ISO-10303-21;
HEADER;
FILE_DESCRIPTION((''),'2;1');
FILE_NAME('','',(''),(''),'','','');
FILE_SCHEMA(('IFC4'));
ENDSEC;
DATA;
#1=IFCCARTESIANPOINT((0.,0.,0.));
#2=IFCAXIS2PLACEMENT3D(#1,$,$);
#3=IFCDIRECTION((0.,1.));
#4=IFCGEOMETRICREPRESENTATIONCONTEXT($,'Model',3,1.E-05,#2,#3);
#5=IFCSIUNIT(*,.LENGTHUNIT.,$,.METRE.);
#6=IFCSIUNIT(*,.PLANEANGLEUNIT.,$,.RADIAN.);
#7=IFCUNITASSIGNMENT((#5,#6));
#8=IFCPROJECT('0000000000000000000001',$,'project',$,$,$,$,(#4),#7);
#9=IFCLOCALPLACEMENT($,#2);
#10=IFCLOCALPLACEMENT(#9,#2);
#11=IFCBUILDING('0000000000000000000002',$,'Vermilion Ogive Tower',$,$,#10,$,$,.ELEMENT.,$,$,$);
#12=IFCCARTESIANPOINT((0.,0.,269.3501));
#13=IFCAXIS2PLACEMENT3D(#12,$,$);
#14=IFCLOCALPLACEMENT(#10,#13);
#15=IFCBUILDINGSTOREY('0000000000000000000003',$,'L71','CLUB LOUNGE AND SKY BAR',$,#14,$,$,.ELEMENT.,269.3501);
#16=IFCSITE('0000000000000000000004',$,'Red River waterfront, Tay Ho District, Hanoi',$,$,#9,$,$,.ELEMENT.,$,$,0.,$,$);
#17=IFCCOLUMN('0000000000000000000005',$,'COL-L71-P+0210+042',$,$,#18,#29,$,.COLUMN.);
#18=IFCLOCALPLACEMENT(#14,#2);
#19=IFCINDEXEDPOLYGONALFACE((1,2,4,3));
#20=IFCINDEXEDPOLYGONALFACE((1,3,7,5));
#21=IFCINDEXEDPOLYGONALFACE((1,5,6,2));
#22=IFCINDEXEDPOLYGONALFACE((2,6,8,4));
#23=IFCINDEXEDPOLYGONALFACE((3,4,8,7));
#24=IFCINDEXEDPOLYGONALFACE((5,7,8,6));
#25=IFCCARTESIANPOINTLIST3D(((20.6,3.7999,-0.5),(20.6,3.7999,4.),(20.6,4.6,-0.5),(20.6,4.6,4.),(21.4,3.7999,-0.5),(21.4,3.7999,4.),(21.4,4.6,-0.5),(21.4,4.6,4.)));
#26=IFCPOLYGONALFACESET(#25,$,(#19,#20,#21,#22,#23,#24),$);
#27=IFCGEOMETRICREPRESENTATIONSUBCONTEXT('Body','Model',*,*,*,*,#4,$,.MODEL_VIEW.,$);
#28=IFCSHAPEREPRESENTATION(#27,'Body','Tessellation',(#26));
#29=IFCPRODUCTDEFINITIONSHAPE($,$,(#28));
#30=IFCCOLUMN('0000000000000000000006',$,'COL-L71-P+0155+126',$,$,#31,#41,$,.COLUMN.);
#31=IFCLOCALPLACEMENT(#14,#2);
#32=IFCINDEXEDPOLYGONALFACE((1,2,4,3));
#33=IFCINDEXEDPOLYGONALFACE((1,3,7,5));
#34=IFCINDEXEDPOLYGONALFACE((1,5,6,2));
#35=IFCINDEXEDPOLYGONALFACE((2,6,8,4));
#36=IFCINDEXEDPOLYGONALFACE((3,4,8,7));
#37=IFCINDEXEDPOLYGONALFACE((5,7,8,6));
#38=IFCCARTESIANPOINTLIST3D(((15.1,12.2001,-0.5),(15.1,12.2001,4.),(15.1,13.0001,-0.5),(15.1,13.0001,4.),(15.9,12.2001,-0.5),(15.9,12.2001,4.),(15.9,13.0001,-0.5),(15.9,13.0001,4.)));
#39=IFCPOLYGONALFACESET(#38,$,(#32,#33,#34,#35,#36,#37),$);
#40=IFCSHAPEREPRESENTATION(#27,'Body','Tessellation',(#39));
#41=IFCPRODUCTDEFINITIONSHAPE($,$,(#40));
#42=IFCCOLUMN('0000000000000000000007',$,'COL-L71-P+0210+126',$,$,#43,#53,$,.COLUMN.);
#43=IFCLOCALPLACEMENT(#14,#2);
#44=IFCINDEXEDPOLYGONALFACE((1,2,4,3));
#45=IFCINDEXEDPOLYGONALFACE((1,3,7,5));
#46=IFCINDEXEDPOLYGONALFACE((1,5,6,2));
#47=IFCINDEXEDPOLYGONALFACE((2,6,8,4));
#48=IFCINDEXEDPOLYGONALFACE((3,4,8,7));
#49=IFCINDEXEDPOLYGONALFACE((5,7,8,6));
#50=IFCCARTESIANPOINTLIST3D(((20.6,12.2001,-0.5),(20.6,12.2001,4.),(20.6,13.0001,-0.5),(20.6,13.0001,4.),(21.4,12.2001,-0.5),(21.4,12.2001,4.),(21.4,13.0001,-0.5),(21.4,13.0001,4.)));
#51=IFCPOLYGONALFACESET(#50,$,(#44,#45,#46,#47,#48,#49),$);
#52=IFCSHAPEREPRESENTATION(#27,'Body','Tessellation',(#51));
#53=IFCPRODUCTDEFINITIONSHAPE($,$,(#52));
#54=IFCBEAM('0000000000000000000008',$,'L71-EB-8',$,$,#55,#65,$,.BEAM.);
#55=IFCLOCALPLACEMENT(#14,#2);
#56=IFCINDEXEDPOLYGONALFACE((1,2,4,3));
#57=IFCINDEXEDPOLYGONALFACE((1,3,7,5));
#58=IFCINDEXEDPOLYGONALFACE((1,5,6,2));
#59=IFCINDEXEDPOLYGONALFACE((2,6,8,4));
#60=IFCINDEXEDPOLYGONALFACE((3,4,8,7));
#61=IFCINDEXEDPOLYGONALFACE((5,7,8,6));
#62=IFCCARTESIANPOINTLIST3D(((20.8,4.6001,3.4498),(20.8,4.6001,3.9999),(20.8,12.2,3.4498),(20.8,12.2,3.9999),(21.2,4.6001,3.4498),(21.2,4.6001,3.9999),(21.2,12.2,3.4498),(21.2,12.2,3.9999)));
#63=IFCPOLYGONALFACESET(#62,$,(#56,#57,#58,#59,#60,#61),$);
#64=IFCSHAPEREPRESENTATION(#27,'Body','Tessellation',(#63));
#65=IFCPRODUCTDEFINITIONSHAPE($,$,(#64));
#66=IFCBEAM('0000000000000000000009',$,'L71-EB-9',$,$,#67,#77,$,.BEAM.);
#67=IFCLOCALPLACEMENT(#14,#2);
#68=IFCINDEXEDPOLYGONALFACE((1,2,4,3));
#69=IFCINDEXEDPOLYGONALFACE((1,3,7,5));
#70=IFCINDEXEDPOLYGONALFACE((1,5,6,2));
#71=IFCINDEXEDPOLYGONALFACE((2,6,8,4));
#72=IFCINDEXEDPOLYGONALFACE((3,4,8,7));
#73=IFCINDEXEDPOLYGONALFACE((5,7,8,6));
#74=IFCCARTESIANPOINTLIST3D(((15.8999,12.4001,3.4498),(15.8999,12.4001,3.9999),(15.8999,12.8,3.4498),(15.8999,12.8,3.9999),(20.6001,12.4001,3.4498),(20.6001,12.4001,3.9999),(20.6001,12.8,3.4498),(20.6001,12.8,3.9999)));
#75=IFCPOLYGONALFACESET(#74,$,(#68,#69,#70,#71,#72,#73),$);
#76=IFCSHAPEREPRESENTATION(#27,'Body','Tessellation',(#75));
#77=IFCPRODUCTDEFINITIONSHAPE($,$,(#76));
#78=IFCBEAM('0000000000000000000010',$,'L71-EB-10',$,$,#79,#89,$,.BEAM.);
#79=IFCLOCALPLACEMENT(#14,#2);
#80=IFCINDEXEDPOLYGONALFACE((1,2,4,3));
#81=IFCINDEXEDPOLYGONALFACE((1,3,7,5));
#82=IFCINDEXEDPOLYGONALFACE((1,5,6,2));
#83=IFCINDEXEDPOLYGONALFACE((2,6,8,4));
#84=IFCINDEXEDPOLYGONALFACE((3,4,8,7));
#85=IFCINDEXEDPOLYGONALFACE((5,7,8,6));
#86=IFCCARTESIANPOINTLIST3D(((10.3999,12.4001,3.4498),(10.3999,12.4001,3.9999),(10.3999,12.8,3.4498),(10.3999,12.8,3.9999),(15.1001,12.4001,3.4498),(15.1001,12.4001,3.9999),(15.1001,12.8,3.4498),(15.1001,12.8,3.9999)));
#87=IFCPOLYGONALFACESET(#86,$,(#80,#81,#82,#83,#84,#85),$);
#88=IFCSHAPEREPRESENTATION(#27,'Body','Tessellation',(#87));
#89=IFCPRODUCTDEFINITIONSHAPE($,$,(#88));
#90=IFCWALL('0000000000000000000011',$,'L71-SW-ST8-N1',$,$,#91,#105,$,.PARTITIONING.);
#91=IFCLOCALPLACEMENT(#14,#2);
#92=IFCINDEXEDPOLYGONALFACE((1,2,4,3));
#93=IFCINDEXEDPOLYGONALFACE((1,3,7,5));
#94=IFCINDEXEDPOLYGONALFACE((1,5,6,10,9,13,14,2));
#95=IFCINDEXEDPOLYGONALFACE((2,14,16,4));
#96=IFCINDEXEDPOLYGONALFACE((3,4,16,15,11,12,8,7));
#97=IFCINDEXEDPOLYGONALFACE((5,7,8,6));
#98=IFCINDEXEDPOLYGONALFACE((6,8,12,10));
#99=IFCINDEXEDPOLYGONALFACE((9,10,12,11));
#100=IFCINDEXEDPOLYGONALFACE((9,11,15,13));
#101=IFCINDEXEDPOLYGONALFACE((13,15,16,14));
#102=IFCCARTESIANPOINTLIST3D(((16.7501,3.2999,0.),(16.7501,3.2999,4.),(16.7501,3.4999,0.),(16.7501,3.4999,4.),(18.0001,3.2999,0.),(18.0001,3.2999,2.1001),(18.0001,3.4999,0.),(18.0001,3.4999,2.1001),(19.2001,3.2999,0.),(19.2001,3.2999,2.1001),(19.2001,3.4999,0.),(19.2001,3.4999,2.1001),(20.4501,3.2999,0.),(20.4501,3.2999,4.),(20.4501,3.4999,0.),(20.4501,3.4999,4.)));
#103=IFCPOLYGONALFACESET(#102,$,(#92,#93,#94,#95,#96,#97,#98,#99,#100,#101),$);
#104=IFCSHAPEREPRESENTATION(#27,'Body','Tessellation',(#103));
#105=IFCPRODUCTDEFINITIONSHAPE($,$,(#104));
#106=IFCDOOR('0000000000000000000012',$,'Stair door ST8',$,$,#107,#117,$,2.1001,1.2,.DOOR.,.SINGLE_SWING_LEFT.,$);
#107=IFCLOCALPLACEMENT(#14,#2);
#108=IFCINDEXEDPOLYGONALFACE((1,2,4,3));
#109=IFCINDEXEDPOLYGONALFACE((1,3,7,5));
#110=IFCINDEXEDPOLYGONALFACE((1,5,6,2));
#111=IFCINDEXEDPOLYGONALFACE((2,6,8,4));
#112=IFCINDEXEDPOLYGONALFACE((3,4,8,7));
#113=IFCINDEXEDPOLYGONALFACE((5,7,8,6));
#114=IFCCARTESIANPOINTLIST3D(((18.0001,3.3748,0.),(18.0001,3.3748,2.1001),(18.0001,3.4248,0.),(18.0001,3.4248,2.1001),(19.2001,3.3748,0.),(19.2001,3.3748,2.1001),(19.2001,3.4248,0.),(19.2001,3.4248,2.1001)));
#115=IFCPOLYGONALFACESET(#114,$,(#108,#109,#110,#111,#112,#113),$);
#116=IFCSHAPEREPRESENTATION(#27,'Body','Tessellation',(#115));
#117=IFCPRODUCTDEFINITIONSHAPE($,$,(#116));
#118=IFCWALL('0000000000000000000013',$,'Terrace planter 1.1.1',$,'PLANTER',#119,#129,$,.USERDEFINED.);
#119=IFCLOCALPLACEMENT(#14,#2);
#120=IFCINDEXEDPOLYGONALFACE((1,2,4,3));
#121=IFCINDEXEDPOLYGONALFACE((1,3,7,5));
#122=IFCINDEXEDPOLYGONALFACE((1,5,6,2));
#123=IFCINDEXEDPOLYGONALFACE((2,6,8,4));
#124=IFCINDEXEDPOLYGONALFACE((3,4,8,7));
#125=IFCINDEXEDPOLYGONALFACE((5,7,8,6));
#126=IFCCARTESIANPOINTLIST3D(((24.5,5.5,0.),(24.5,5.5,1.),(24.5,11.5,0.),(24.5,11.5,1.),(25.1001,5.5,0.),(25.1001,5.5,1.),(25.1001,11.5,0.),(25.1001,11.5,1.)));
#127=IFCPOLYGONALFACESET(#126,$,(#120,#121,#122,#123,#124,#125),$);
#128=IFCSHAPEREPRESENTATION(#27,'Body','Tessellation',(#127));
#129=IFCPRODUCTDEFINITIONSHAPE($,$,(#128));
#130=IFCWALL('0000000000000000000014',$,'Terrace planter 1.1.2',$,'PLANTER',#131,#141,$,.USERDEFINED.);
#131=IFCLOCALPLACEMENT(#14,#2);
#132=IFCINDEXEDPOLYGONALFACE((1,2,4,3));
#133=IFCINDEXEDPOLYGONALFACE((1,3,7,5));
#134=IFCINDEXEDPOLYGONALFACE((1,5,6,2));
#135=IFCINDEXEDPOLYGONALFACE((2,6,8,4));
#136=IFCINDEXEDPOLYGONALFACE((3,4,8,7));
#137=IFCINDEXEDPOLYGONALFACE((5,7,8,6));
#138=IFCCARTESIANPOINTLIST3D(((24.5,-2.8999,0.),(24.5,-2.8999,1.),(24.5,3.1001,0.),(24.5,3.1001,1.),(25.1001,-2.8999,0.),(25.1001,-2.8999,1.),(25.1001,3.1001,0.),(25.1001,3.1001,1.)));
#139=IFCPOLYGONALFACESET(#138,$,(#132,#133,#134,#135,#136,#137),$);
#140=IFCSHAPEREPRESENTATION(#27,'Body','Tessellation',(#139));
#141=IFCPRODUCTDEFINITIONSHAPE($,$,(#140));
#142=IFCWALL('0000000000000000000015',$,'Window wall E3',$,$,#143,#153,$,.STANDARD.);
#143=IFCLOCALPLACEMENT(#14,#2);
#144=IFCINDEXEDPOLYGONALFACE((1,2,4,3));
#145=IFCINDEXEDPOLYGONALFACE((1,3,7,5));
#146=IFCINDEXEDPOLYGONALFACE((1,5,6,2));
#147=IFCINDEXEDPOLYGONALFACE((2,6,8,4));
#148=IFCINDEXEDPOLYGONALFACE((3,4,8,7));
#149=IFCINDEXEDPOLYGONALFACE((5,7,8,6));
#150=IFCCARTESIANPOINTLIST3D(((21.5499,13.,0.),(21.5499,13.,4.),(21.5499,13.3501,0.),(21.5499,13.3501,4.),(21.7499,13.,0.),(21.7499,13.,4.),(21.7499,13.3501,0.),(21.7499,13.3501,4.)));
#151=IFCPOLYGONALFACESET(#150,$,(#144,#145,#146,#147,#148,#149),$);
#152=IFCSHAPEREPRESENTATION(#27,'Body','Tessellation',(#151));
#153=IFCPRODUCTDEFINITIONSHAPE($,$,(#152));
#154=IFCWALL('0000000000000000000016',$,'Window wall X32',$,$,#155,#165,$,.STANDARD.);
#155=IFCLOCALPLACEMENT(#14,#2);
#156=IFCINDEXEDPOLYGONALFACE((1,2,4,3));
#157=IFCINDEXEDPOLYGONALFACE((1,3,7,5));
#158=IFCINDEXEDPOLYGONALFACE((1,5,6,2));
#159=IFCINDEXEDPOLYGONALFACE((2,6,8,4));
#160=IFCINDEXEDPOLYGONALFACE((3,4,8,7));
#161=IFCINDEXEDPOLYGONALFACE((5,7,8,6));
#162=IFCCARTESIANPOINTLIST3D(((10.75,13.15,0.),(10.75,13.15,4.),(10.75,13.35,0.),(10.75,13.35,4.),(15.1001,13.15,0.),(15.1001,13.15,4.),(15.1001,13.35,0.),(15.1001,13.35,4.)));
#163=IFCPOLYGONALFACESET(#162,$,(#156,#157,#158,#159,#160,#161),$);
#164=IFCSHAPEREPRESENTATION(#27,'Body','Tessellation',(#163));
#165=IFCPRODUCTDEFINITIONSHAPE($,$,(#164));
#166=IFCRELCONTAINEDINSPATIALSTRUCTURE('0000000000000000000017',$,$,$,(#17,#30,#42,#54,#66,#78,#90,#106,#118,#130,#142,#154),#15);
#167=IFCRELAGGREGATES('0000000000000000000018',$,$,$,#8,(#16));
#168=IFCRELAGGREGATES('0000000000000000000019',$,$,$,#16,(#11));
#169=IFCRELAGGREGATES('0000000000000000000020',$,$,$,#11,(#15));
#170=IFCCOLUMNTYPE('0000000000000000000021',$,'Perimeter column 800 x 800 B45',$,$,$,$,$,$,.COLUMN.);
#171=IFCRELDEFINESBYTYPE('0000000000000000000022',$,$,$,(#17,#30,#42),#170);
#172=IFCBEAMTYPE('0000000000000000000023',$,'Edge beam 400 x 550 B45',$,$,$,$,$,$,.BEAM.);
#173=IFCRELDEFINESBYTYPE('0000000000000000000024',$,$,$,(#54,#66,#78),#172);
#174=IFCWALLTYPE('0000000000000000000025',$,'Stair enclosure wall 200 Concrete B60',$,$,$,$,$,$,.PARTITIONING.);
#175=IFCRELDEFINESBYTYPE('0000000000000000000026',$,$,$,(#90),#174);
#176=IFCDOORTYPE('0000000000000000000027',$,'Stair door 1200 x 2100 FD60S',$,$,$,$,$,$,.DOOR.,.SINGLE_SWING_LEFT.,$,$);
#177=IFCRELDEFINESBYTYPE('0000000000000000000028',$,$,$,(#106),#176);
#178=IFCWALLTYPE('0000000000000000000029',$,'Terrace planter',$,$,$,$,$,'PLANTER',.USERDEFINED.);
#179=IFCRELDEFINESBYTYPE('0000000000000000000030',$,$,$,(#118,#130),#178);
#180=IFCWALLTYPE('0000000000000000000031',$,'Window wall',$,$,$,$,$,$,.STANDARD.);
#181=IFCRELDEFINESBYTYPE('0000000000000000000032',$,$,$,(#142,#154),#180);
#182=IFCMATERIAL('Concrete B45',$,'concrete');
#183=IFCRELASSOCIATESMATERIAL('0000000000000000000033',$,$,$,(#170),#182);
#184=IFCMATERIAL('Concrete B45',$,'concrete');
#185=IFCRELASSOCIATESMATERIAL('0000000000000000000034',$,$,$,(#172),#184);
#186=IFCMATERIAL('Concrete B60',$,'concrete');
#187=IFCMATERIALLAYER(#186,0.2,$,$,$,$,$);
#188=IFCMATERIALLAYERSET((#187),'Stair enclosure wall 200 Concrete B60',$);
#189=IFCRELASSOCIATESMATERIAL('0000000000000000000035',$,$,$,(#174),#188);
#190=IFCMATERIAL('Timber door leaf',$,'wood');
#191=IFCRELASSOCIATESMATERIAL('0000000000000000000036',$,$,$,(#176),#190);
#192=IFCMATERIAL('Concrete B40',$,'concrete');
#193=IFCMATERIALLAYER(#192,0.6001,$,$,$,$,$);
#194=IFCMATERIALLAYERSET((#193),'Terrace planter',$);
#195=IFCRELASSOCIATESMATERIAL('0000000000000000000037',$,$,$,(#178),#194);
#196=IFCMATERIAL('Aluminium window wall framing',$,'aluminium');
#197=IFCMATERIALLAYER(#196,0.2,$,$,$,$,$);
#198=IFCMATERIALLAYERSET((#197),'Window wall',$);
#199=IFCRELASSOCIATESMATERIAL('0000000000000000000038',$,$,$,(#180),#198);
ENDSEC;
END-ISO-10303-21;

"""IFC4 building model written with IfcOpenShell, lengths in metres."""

from ifc_helpers import new_model, si_unit, direction, frame, frame_2d, origin, origin_2d, place, context, subcontext, project, spatial, rectangle, extrude, material, layer, layer_set, material_profile, profile_set, type_object, element, fill, save


model = new_model("IFC4")

# Units and contexts
model_context = context("Model", 3, precision=1e-05, world=origin(), true_north=direction((0.0, 1.0)))
body_context = subcontext(model_context, "Body", "Model", "MODEL_VIEW")
ifc_project = project(units=[si_unit("LENGTHUNIT", "METRE"), si_unit("PLANEANGLEUNIT", "RADIAN")], contexts=[model_context])

# Site, building, storey
site_placement = place(None, origin())
site = spatial("IfcSite", under=ifc_project, at=site_placement, Name="Red River waterfront, Tay Ho District, Hanoi", CompositionType="ELEMENT", RefElevation=0.0)
building_placement = place(site_placement, origin())
building = spatial("IfcBuilding", under=site, at=building_placement, Name="Vermilion Ogive Tower", CompositionType="ELEMENT")
storey_placement = place(building_placement, frame((0.0, 0.0, 269.3501)))
storey = spatial("IfcBuildingStorey", under=building, at=storey_placement, Name="L71", Description="CLUB LOUNGE AND SKY BAR", CompositionType="ELEMENT", Elevation=269.3501)

# Columns
ifc_material_1 = material(Name="Concrete B45", Category="concrete")
ifc_material_profile_1 = material_profile(ifc_material_1, rectangle(XDim=0.8, YDim=0.8, at=origin_2d()), Name="800 x 800")
ifc_profile_set_1 = profile_set([ifc_material_profile_1], Name="Concrete B45")
column_type = type_object("IfcColumnType", Name="Perimeter column 800 x 800 B45", PredefinedType="COLUMN", material=ifc_profile_set_1)
for number, where, z_axis, x_axis, name in (
    (1, (21.0, 4.2, -0.5), (0.0, 0.0, 1.0), (1.0, 0.0, 0.0), "COL-L71-P+0210+042"),
    (2, (15.5, 12.6001, -0.5), (0.0, 0.0, 1.0), (1.0, 0.0, 0.0), "COL-L71-P+0155+126"),
    (3, (21.0, 12.6001, -0.5), (0.0, 0.0, 1.0), (1.0, 0.0, 0.0), "COL-L71-P+0210+126"),
):
    element("IfcColumn", number, at=place(storey_placement, frame(where, z_axis=z_axis, x_axis=x_axis)), inside=storey, type_object=column_type, Name=name, PredefinedType="COLUMN", context=body_context, shape_type="SweptSolid", body=[
        extrude(rectangle(XDim=0.8, YDim=0.8, at=origin_2d()), origin(), (0.0, 0.0, 1.0), 4.5),
    ])

# Beams
ifc_material_2 = material(Name="Concrete B45", Category="concrete")
ifc_material_profile_2 = material_profile(ifc_material_2, rectangle(XDim=0.3999, YDim=0.55, at=origin_2d()), Name="400 x 550")
ifc_profile_set_2 = profile_set([ifc_material_profile_2], Name="Concrete B45")
beam_type = type_object("IfcBeamType", Name="Edge beam 400 x 550 B45", PredefinedType="BEAM", material=ifc_profile_set_2)
beam_placement = place(storey_placement, frame((21.0, 4.6001, 3.7249), z_axis=(0.0, 1.0, 0.0), x_axis=(-1.0, 0.0, 0.0)))
element("IfcBeam", 4, at=beam_placement, inside=storey, type_object=beam_type, Name="L71-EB-8", PredefinedType="BEAM", context=body_context, shape_type="SweptSolid", body=[
    extrude(rectangle(XDim=0.3999, YDim=0.55, at=origin_2d()), origin(), (0.0, 0.0, 1.0), 7.5999),
])
for number, where, z_axis, x_axis, name in (
    (5, (20.6001, 12.6001, 3.7249), (-1.0, 0.0, 0.0), (0.0, -1.0, 0.0), "L71-EB-9"),
    (6, (15.1001, 12.6001, 3.7249), (-1.0, 0.0, 0.0), (0.0, -1.0, 0.0), "L71-EB-10"),
):
    element("IfcBeam", number, at=place(storey_placement, frame(where, z_axis=z_axis, x_axis=x_axis)), inside=storey, type_object=beam_type, Name=name, PredefinedType="BEAM", context=body_context, shape_type="SweptSolid", body=[
        extrude(rectangle(XDim=0.3999, YDim=0.55, at=origin_2d()), origin(), (0.0, 0.0, 1.0), 4.7002),
    ])

# Wall, opening, door
ifc_material_3 = material(Name="Concrete B60", Category="concrete")
ifc_layer_1 = layer(ifc_material_3, 0.2)
ifc_layer_set_1 = layer_set([ifc_layer_1], Name="Stair enclosure wall 200 Concrete B60")
wall_type_1 = type_object("IfcWallType", Name="Stair enclosure wall 200 Concrete B60", PredefinedType="PARTITIONING", material=ifc_layer_set_1)
wall_1_placement = place(storey_placement, frame((16.75, 3.3999, 0.0), z_axis=(0.0, 0.0, 1.0), x_axis=(1.0, 0.0, 0.0)))
wall_1 = element("IfcWall", 7, at=wall_1_placement, inside=storey, type_object=wall_type_1, Name="L71-SW-ST8-N1", PredefinedType="PARTITIONING", context=body_context, shape_type="SweptSolid", body=[
    extrude(rectangle(XDim=3.7, YDim=0.2, at=frame_2d((1.8501, 0.0))), origin(), (0.0, 0.0, 1.0), 4.0),
])
opening_1_placement = place(wall_1_placement, frame((1.25, 0.0, 0.0)))
opening_1 = element("IfcOpeningElement", 8, at=opening_1_placement, cuts=wall_1, PredefinedType="OPENING", context=body_context, shape_type="SweptSolid", body=[
    extrude(rectangle(XDim=1.2, YDim=2.1001, at=frame_2d((0.6001, 1.05))), frame((0.0, 0.1099, 0.0), z_axis=(0.0, -1.0, 0.0), x_axis=(1.0, 0.0, 0.0)), (0.0, 0.0, 1.0), 0.22),
])
ifc_material_4 = material(Name="Timber door leaf", Category="wood")
door_type_1 = type_object("IfcDoorType", Name="Stair door 1200 x 2100 FD60S", OperationType="SINGLE_SWING_LEFT", PredefinedType="DOOR", material=ifc_material_4)
door_1_placement = place(opening_1_placement, origin())
door_1 = element("IfcDoor", 9, at=door_1_placement, inside=storey, type_object=door_type_1, Name="Stair door ST8", OperationType="SINGLE_SWING_LEFT", OverallHeight=2.1001, OverallWidth=1.2, PredefinedType="DOOR", context=body_context, shape_type="SweptSolid", body=[
    extrude(rectangle(XDim=1.2, YDim=2.1001, at=frame_2d((0.6001, 1.05))), frame((0.0, 0.0249, 0.0), z_axis=(0.0, -1.0, 0.0), x_axis=(1.0, 0.0, 0.0)), (0.0, 0.0, 1.0), 0.05),
])
fill(opening_1, door_1)

# Walls
ifc_material_5 = material(Name="Concrete B40", Category="concrete")
ifc_layer_2 = layer(ifc_material_5, 0.6001)
ifc_layer_set_2 = layer_set([ifc_layer_2], Name="Terrace planter")
wall_type_2 = type_object("IfcWallType", Name="Terrace planter", ElementType="PLANTER", PredefinedType="USERDEFINED", material=ifc_layer_set_2)
for number, where, z_axis, x_axis, name in (
    (10, (24.8, 11.5, 0.0), (0.0, 0.0, 1.0), (0.0, -1.0, 0.0), "Terrace planter 1.1.1"),
    (11, (24.8, 3.1001, 0.0), (0.0, 0.0, 1.0), (0.0, -1.0, 0.0), "Terrace planter 1.1.2"),
):
    element("IfcWall", number, at=place(storey_placement, frame(where, z_axis=z_axis, x_axis=x_axis)), inside=storey, type_object=wall_type_2, Name=name, ObjectType="PLANTER", PredefinedType="USERDEFINED", context=body_context, shape_type="SweptSolid", body=[
        extrude(rectangle(XDim=6.0, YDim=0.6001, at=frame_2d((3.0, 0.0))), origin(), (0.0, 0.0, 1.0), 1.0),
    ])

# Shared definitions
ifc_material_6 = material(Name="Aluminium window wall framing", Category="aluminium")
ifc_layer_3 = layer(ifc_material_6, 0.2)
ifc_layer_set_3 = layer_set([ifc_layer_3], Name="Window wall")
wall_type_3 = type_object("IfcWallType", Name="Window wall", PredefinedType="STANDARD", material=ifc_layer_set_3)

# Wall
wall_2_placement = place(storey_placement, frame((21.6499, 13.0, 0.0), z_axis=(0.0, 0.0, 1.0), x_axis=(0.0, 1.0, 0.0)))
element("IfcWall", 12, at=wall_2_placement, inside=storey, type_object=wall_type_3, Name="Window wall E3", PredefinedType="STANDARD", context=body_context, shape_type="SweptSolid", body=[
    extrude(rectangle(XDim=0.3501, YDim=0.2, at=frame_2d((0.175, 0.0))), origin(), (0.0, 0.0, 1.0), 4.0),
])

# Wall
wall_3_placement = place(storey_placement, frame((15.1001, 13.25, 0.0), z_axis=(0.0, 0.0, 1.0), x_axis=(-1.0, 0.0, 0.0)))
element("IfcWall", 13, at=wall_3_placement, inside=storey, type_object=wall_type_3, Name="Window wall X32", PredefinedType="STANDARD", context=body_context, shape_type="SweptSolid", body=[
    extrude(rectangle(XDim=4.3501, YDim=0.2, at=frame_2d((2.175, 0.0))), origin(), (0.0, 0.0, 1.0), 4.0),
])

save(model, "model.ifc")
